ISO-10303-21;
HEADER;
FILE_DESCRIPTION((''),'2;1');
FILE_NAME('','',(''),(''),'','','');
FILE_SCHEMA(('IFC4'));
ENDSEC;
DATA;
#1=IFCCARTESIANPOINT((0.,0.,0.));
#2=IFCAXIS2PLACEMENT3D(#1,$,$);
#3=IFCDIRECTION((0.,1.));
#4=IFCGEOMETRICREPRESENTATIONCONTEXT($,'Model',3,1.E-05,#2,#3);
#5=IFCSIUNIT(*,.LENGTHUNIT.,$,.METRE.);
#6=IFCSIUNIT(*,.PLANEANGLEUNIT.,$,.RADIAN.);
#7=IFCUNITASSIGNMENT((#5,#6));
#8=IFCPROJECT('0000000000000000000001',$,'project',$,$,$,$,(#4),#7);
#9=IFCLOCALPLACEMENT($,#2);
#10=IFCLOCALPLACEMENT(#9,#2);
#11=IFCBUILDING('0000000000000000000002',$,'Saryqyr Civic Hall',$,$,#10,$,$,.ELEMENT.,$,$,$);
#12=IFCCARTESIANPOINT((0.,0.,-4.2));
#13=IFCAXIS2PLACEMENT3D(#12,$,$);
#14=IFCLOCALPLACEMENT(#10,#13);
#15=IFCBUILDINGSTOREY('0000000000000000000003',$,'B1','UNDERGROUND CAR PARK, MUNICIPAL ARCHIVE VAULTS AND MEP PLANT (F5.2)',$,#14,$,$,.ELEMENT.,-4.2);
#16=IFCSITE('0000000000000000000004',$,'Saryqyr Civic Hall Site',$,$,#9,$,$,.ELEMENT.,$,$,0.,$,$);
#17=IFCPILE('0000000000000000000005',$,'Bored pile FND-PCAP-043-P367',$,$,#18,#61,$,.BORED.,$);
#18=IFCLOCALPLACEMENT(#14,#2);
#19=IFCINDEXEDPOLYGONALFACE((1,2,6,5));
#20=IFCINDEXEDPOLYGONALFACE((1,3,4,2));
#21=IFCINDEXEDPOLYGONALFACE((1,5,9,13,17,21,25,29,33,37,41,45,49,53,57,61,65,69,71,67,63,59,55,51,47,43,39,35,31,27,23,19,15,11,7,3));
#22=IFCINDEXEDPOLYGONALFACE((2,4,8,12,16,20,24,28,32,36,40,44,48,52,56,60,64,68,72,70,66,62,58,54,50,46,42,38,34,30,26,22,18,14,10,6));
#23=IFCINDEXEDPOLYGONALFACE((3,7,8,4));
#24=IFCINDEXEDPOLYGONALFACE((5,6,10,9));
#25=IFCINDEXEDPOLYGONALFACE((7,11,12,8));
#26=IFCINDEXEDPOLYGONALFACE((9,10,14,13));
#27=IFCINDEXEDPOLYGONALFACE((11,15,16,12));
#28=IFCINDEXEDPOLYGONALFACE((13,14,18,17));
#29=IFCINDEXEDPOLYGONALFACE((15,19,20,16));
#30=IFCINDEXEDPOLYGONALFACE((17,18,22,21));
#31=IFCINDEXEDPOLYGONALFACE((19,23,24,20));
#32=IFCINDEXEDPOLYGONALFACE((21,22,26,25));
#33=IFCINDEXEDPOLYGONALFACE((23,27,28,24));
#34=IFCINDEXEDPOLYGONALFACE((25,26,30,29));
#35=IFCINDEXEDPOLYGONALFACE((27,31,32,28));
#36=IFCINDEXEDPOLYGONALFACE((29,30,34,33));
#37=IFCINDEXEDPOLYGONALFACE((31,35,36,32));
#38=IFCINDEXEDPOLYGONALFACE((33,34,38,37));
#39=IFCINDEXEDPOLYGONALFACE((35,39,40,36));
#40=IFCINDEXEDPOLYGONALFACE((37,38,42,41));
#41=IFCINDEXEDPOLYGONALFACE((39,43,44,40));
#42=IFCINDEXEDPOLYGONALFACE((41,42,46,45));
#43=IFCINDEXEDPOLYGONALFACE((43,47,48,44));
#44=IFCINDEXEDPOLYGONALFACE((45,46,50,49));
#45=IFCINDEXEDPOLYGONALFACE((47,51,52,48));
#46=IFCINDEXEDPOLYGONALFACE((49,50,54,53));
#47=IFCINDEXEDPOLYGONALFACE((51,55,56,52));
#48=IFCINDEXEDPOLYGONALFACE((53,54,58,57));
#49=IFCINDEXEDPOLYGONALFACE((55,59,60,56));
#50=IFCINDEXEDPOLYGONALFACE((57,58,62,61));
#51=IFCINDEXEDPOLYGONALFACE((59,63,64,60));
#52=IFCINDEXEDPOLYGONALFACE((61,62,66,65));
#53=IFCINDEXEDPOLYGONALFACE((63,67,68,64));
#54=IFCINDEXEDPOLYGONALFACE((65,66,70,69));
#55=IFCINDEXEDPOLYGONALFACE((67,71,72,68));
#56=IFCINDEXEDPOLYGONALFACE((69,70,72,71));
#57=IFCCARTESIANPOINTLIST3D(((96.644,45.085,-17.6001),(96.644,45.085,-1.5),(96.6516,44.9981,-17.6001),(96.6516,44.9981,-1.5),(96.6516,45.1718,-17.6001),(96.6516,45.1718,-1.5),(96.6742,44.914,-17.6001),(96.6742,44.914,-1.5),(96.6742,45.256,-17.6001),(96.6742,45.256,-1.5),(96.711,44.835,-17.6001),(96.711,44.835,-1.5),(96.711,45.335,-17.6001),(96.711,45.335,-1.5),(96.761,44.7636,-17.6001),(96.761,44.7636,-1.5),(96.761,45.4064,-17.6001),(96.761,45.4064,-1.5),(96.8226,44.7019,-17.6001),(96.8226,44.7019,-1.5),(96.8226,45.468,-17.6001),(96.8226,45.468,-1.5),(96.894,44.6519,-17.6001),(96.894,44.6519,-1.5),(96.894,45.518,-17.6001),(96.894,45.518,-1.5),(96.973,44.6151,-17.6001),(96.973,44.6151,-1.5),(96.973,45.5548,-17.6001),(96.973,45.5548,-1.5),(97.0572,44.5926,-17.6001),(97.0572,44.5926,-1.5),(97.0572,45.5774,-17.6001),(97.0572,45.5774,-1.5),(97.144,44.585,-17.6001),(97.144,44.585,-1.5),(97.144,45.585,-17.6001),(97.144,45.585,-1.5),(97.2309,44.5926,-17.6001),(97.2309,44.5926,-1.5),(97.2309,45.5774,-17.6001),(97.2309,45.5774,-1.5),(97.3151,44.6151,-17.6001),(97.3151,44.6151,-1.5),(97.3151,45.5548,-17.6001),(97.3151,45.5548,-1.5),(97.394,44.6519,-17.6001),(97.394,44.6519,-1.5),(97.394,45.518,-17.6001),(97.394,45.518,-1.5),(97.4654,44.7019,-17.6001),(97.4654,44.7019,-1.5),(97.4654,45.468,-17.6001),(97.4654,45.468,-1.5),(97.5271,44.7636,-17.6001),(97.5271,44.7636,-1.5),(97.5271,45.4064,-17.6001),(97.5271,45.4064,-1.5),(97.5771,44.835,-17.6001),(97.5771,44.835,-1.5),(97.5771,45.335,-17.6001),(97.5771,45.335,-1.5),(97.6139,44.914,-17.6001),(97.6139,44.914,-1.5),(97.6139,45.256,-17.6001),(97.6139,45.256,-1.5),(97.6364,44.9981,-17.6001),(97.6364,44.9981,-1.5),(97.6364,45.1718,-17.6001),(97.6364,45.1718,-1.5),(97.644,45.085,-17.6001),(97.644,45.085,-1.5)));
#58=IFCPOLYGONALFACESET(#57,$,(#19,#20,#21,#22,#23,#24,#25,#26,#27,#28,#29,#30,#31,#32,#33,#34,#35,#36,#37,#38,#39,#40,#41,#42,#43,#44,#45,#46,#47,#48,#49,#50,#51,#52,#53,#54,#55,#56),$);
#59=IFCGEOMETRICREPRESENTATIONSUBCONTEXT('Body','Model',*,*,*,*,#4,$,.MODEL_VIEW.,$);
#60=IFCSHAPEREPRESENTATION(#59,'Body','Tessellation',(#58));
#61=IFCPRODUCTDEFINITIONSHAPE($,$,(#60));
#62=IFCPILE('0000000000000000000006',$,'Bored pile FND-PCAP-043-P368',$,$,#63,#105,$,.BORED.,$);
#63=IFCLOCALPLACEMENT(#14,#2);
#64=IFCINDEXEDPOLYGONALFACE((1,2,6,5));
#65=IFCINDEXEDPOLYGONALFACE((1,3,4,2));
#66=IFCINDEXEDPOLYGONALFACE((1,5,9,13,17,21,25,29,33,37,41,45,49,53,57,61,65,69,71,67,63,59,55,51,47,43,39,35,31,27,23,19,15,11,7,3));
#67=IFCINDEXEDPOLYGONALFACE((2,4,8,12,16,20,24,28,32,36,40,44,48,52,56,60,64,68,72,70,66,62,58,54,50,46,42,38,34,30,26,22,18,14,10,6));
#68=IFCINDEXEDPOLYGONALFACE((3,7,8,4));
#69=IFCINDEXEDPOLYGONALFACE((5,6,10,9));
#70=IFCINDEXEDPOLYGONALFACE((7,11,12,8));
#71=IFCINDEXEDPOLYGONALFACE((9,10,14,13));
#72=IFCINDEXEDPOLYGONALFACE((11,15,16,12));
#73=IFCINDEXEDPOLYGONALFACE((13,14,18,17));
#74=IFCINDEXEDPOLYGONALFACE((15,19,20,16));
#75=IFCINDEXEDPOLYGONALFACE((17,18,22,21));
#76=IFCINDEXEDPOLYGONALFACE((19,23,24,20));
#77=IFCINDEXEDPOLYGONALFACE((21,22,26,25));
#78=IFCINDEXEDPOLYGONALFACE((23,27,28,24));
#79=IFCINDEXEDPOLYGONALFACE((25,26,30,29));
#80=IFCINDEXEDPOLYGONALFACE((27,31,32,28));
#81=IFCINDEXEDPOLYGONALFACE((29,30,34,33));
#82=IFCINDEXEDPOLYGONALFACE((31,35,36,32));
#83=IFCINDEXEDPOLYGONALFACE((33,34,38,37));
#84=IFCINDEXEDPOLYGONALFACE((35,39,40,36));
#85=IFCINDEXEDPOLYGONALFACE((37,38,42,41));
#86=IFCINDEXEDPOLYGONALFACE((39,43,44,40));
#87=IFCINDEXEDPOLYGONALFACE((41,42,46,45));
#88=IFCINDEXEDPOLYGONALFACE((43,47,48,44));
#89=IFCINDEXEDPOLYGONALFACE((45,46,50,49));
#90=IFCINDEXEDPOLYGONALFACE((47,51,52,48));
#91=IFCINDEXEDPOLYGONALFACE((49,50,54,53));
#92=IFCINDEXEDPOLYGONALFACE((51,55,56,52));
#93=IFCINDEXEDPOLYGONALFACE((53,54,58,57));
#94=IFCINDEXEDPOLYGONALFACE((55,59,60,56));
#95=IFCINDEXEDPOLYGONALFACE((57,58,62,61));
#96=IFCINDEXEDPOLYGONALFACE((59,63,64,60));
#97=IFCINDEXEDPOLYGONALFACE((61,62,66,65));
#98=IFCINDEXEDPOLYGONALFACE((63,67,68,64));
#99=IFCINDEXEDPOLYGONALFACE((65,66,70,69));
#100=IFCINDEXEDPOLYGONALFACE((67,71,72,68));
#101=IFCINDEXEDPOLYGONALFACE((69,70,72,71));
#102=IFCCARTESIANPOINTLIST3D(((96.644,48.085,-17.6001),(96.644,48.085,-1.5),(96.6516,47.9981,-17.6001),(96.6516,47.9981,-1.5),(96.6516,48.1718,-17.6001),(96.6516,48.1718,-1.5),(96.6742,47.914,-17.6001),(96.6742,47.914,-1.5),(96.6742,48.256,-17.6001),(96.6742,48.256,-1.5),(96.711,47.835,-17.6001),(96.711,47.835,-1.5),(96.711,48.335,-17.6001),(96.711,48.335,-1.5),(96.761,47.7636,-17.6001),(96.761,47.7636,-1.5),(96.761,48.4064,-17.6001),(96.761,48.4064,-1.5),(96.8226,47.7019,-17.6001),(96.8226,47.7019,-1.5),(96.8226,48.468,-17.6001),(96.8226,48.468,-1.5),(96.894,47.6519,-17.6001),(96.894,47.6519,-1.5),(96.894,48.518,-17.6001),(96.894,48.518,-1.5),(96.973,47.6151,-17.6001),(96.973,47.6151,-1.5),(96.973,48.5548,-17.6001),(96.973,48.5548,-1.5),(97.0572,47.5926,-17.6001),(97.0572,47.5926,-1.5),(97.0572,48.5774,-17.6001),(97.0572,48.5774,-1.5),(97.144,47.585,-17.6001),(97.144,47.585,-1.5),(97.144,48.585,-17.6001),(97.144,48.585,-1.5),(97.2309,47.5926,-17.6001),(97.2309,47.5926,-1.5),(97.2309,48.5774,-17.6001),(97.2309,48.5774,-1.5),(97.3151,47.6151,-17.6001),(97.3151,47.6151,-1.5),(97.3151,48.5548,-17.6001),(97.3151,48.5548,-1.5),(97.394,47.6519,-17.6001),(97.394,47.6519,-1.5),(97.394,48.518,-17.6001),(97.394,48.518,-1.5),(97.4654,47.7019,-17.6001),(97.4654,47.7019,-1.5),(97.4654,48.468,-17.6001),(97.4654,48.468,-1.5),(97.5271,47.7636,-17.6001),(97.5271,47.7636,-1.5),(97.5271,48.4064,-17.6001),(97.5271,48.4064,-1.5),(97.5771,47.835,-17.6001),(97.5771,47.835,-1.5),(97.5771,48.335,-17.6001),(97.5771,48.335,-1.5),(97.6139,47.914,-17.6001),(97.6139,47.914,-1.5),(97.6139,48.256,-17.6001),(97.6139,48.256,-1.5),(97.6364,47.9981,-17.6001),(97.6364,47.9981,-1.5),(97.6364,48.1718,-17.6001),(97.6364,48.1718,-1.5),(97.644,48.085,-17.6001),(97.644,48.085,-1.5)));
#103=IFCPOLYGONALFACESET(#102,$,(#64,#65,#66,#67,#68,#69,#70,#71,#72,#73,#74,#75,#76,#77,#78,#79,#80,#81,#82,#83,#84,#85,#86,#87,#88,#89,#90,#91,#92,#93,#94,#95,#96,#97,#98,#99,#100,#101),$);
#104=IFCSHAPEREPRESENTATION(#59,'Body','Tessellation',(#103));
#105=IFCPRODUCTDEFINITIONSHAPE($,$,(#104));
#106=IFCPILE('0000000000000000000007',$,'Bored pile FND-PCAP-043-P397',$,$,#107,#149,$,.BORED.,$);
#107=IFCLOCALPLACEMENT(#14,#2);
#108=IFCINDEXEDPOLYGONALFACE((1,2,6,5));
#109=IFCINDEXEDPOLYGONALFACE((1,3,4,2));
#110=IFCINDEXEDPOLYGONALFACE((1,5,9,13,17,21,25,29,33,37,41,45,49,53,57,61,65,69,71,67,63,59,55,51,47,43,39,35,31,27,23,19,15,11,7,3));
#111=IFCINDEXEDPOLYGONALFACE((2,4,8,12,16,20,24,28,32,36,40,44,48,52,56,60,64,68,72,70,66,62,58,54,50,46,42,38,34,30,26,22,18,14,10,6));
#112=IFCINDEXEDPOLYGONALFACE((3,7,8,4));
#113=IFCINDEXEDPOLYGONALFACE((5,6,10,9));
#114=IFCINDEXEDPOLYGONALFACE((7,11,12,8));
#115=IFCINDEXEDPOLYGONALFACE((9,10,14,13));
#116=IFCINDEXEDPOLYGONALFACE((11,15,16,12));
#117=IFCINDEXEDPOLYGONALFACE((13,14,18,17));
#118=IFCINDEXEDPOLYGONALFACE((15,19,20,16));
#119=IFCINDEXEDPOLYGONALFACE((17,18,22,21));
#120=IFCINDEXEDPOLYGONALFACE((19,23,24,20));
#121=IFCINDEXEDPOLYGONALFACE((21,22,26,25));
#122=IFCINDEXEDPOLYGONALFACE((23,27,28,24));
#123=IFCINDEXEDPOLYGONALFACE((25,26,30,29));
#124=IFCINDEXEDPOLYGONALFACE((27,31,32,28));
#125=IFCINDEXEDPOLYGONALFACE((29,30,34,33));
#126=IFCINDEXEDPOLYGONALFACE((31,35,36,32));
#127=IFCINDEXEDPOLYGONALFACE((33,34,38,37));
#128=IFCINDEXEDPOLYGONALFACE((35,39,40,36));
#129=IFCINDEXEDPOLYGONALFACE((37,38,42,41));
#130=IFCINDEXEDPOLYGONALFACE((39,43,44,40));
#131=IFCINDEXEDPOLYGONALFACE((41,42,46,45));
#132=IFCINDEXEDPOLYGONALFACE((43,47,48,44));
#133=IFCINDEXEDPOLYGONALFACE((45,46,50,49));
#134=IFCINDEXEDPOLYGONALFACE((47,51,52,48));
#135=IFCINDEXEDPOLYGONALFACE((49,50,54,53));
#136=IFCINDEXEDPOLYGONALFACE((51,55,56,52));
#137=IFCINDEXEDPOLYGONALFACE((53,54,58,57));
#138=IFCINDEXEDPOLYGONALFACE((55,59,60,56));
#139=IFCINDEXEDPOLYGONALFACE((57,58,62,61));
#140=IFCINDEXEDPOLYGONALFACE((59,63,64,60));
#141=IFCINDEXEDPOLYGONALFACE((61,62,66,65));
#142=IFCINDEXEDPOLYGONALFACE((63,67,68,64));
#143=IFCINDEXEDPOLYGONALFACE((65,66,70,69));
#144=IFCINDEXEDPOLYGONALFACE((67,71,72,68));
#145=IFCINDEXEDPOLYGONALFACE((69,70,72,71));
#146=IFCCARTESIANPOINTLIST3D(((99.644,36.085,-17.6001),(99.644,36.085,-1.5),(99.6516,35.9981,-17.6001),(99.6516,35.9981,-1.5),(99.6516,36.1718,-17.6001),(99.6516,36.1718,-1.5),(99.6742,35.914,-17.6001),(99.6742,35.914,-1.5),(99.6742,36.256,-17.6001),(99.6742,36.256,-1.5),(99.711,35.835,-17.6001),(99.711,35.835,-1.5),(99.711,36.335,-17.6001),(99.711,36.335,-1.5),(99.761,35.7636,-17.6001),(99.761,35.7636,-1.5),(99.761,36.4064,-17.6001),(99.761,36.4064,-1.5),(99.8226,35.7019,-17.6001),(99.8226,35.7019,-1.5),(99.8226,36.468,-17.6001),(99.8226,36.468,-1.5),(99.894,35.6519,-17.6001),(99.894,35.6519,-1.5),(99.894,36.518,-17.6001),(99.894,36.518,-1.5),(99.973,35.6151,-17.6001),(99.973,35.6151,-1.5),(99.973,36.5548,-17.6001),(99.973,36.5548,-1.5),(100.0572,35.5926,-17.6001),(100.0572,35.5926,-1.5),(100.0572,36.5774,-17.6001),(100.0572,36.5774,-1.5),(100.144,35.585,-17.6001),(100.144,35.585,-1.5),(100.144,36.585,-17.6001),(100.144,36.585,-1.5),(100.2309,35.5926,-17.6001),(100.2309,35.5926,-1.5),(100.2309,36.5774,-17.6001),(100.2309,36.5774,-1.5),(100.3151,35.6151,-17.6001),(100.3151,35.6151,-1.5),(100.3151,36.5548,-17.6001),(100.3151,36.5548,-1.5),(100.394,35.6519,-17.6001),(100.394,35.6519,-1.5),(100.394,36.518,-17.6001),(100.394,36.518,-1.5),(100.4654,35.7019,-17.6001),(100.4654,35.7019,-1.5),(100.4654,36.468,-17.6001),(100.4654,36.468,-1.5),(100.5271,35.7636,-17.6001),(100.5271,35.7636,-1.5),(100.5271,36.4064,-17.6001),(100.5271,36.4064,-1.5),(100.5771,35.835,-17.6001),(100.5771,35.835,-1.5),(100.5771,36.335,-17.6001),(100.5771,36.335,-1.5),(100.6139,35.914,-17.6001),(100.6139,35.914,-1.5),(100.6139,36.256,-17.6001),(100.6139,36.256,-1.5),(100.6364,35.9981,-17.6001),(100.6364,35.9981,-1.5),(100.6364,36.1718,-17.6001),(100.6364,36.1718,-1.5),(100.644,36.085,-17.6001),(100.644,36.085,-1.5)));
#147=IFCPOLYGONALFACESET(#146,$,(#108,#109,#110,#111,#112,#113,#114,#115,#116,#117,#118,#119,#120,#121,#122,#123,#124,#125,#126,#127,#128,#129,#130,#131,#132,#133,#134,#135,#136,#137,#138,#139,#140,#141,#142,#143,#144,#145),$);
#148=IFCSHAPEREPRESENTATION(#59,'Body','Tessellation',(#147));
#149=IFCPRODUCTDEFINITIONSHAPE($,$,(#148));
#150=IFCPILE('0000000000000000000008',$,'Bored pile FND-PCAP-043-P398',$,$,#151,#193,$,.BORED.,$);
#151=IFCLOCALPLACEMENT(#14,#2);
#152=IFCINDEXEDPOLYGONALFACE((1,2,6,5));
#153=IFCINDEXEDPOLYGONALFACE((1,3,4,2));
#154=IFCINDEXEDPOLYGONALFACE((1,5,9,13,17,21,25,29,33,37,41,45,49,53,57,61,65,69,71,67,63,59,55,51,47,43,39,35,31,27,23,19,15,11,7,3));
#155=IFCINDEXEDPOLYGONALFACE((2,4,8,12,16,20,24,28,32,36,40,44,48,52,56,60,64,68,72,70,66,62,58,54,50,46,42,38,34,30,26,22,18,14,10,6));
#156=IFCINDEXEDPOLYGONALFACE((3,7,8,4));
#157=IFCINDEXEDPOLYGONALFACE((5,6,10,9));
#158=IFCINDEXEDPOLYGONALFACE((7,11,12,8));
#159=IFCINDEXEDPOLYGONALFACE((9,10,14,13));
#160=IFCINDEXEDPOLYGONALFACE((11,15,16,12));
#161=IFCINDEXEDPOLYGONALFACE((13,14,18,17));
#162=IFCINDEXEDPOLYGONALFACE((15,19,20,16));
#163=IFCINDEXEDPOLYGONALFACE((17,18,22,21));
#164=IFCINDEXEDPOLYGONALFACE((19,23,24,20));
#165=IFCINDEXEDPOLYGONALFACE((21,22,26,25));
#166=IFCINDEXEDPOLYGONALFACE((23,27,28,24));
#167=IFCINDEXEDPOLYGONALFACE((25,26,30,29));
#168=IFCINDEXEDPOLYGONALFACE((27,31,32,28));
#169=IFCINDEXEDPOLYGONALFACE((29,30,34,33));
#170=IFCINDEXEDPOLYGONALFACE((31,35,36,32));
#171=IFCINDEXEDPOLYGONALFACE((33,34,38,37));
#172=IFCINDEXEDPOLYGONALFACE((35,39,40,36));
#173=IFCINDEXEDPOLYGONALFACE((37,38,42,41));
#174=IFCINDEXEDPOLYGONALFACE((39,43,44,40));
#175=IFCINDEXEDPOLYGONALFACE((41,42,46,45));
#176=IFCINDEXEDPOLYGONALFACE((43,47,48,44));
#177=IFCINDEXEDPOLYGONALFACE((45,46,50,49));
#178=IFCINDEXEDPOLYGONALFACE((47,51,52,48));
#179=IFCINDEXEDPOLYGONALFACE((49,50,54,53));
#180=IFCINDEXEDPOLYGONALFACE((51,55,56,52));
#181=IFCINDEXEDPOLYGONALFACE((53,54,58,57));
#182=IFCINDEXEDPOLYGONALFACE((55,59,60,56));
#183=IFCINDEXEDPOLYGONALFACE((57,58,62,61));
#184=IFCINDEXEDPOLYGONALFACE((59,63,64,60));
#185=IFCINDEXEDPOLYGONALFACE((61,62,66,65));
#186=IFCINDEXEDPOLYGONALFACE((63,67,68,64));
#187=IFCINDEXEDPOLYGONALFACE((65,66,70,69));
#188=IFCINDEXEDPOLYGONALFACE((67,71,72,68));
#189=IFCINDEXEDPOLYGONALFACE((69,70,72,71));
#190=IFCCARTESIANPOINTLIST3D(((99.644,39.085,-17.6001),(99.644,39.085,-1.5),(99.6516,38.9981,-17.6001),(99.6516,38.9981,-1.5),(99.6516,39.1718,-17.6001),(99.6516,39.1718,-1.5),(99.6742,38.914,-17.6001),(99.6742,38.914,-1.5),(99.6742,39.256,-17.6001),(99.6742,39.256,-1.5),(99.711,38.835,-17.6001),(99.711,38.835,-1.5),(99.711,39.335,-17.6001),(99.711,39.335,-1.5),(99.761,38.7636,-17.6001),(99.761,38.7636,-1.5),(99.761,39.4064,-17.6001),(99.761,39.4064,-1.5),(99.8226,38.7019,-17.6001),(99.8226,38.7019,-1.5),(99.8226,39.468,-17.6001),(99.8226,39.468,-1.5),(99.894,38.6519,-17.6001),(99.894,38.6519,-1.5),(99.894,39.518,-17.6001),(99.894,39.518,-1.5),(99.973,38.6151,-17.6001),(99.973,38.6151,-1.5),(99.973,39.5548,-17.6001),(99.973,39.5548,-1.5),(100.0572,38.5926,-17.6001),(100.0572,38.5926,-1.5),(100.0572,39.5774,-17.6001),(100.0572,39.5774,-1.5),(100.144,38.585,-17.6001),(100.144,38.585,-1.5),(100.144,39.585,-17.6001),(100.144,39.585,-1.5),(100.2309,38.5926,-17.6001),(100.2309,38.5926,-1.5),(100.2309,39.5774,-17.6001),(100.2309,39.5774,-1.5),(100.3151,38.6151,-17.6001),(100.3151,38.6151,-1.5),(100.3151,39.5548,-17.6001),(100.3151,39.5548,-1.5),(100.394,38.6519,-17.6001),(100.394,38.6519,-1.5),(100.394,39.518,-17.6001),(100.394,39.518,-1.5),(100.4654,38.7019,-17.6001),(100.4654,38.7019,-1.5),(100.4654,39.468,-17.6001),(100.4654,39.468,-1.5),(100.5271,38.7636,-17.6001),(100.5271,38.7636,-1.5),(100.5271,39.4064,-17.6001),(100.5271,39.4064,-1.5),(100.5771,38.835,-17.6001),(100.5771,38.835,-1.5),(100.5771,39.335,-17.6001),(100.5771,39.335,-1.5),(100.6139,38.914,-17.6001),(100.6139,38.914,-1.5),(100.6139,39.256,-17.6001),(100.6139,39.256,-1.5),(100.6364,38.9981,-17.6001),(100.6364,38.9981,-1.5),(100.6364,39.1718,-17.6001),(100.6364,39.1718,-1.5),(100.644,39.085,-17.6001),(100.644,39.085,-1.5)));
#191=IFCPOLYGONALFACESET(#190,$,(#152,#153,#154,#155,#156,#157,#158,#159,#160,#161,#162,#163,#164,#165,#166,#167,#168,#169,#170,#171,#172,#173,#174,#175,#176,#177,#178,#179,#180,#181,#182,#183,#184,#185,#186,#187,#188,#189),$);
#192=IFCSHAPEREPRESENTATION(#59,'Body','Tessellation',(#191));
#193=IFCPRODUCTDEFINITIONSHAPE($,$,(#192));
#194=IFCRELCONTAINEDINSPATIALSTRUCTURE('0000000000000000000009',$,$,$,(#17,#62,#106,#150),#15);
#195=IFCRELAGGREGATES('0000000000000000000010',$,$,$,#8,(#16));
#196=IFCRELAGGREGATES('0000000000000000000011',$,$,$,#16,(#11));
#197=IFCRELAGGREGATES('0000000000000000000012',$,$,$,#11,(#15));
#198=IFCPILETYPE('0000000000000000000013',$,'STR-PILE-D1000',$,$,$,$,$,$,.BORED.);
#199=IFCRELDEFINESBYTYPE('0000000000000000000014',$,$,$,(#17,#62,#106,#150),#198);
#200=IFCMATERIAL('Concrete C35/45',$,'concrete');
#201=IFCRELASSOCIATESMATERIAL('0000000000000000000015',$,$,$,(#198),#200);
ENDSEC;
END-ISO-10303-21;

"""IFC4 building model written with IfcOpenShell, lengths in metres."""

from ifc_helpers import new_model, si_unit, direction, frame, origin, origin_2d, place, context, subcontext, project, spatial, circle, extrude, material, material_profile, profile_set, type_object, element, save


model = new_model("IFC4")

# Units and contexts
model_context = context("Model", 3, precision=1e-05, world=origin(), true_north=direction((0.0, 1.0)))
body_context = subcontext(model_context, "Body", "Model", "MODEL_VIEW")
ifc_project = project(units=[si_unit("LENGTHUNIT", "METRE"), si_unit("PLANEANGLEUNIT", "RADIAN")], contexts=[model_context])

# Site, building, storey
site_placement = place(None, origin())
site = spatial("IfcSite", under=ifc_project, at=site_placement, Name="Saryqyr Civic Hall Site", CompositionType="ELEMENT", RefElevation=0.0)
building_placement = place(site_placement, origin())
building = spatial("IfcBuilding", under=site, at=building_placement, Name="Saryqyr Civic Hall", CompositionType="ELEMENT")
storey_placement = place(building_placement, frame((0.0, 0.0, -4.2)))
storey = spatial("IfcBuildingStorey", under=building, at=storey_placement, Name="B1", Description="UNDERGROUND CAR PARK, MUNICIPAL ARCHIVE VAULTS AND MEP PLANT (F5.2)", CompositionType="ELEMENT", Elevation=-4.2)

# Shared definitions
ifc_material_1 = material(Name="Concrete C35/45", Category="concrete")

# Piles
ifc_material_profile_1 = material_profile(ifc_material_1, circle(Radius=0.5, at=origin_2d()), Name="BORED PILE D1000")
ifc_profile_set_1 = profile_set([ifc_material_profile_1], Name="Concrete C35/45")
pile_type_1 = type_object("IfcPileType", Name="STR-PILE-D1000", PredefinedType="BORED", material=ifc_profile_set_1)
for number, where, z_axis, x_axis, name in (
    (1, (97.144, 45.085, -1.5), (0.0, 0.0, -1.0), (1.0, 0.0, 0.0), "Bored pile FND-PCAP-043-P367"),
    (2, (97.144, 48.085, -1.5), (0.0, 0.0, -1.0), (1.0, 0.0, 0.0), "Bored pile FND-PCAP-043-P368"),
    (3, (100.144, 36.085, -1.5), (0.0, 0.0, -1.0), (1.0, 0.0, 0.0), "Bored pile FND-PCAP-043-P397"),
    (4, (100.144, 39.085, -1.5), (0.0, 0.0, -1.0), (1.0, 0.0, 0.0), "Bored pile FND-PCAP-043-P398"),
):
    element("IfcPile", number, at=place(storey_placement, frame(where, z_axis=z_axis, x_axis=x_axis)), inside=storey, type_object=pile_type_1, Name=name, PredefinedType="BORED", context=body_context, shape_type="SweptSolid", body=[
        extrude(circle(Radius=0.5, at=origin_2d()), origin(), (0.0, 0.0, 1.0), 16.1001),
    ])

save(model, "model.ifc")
